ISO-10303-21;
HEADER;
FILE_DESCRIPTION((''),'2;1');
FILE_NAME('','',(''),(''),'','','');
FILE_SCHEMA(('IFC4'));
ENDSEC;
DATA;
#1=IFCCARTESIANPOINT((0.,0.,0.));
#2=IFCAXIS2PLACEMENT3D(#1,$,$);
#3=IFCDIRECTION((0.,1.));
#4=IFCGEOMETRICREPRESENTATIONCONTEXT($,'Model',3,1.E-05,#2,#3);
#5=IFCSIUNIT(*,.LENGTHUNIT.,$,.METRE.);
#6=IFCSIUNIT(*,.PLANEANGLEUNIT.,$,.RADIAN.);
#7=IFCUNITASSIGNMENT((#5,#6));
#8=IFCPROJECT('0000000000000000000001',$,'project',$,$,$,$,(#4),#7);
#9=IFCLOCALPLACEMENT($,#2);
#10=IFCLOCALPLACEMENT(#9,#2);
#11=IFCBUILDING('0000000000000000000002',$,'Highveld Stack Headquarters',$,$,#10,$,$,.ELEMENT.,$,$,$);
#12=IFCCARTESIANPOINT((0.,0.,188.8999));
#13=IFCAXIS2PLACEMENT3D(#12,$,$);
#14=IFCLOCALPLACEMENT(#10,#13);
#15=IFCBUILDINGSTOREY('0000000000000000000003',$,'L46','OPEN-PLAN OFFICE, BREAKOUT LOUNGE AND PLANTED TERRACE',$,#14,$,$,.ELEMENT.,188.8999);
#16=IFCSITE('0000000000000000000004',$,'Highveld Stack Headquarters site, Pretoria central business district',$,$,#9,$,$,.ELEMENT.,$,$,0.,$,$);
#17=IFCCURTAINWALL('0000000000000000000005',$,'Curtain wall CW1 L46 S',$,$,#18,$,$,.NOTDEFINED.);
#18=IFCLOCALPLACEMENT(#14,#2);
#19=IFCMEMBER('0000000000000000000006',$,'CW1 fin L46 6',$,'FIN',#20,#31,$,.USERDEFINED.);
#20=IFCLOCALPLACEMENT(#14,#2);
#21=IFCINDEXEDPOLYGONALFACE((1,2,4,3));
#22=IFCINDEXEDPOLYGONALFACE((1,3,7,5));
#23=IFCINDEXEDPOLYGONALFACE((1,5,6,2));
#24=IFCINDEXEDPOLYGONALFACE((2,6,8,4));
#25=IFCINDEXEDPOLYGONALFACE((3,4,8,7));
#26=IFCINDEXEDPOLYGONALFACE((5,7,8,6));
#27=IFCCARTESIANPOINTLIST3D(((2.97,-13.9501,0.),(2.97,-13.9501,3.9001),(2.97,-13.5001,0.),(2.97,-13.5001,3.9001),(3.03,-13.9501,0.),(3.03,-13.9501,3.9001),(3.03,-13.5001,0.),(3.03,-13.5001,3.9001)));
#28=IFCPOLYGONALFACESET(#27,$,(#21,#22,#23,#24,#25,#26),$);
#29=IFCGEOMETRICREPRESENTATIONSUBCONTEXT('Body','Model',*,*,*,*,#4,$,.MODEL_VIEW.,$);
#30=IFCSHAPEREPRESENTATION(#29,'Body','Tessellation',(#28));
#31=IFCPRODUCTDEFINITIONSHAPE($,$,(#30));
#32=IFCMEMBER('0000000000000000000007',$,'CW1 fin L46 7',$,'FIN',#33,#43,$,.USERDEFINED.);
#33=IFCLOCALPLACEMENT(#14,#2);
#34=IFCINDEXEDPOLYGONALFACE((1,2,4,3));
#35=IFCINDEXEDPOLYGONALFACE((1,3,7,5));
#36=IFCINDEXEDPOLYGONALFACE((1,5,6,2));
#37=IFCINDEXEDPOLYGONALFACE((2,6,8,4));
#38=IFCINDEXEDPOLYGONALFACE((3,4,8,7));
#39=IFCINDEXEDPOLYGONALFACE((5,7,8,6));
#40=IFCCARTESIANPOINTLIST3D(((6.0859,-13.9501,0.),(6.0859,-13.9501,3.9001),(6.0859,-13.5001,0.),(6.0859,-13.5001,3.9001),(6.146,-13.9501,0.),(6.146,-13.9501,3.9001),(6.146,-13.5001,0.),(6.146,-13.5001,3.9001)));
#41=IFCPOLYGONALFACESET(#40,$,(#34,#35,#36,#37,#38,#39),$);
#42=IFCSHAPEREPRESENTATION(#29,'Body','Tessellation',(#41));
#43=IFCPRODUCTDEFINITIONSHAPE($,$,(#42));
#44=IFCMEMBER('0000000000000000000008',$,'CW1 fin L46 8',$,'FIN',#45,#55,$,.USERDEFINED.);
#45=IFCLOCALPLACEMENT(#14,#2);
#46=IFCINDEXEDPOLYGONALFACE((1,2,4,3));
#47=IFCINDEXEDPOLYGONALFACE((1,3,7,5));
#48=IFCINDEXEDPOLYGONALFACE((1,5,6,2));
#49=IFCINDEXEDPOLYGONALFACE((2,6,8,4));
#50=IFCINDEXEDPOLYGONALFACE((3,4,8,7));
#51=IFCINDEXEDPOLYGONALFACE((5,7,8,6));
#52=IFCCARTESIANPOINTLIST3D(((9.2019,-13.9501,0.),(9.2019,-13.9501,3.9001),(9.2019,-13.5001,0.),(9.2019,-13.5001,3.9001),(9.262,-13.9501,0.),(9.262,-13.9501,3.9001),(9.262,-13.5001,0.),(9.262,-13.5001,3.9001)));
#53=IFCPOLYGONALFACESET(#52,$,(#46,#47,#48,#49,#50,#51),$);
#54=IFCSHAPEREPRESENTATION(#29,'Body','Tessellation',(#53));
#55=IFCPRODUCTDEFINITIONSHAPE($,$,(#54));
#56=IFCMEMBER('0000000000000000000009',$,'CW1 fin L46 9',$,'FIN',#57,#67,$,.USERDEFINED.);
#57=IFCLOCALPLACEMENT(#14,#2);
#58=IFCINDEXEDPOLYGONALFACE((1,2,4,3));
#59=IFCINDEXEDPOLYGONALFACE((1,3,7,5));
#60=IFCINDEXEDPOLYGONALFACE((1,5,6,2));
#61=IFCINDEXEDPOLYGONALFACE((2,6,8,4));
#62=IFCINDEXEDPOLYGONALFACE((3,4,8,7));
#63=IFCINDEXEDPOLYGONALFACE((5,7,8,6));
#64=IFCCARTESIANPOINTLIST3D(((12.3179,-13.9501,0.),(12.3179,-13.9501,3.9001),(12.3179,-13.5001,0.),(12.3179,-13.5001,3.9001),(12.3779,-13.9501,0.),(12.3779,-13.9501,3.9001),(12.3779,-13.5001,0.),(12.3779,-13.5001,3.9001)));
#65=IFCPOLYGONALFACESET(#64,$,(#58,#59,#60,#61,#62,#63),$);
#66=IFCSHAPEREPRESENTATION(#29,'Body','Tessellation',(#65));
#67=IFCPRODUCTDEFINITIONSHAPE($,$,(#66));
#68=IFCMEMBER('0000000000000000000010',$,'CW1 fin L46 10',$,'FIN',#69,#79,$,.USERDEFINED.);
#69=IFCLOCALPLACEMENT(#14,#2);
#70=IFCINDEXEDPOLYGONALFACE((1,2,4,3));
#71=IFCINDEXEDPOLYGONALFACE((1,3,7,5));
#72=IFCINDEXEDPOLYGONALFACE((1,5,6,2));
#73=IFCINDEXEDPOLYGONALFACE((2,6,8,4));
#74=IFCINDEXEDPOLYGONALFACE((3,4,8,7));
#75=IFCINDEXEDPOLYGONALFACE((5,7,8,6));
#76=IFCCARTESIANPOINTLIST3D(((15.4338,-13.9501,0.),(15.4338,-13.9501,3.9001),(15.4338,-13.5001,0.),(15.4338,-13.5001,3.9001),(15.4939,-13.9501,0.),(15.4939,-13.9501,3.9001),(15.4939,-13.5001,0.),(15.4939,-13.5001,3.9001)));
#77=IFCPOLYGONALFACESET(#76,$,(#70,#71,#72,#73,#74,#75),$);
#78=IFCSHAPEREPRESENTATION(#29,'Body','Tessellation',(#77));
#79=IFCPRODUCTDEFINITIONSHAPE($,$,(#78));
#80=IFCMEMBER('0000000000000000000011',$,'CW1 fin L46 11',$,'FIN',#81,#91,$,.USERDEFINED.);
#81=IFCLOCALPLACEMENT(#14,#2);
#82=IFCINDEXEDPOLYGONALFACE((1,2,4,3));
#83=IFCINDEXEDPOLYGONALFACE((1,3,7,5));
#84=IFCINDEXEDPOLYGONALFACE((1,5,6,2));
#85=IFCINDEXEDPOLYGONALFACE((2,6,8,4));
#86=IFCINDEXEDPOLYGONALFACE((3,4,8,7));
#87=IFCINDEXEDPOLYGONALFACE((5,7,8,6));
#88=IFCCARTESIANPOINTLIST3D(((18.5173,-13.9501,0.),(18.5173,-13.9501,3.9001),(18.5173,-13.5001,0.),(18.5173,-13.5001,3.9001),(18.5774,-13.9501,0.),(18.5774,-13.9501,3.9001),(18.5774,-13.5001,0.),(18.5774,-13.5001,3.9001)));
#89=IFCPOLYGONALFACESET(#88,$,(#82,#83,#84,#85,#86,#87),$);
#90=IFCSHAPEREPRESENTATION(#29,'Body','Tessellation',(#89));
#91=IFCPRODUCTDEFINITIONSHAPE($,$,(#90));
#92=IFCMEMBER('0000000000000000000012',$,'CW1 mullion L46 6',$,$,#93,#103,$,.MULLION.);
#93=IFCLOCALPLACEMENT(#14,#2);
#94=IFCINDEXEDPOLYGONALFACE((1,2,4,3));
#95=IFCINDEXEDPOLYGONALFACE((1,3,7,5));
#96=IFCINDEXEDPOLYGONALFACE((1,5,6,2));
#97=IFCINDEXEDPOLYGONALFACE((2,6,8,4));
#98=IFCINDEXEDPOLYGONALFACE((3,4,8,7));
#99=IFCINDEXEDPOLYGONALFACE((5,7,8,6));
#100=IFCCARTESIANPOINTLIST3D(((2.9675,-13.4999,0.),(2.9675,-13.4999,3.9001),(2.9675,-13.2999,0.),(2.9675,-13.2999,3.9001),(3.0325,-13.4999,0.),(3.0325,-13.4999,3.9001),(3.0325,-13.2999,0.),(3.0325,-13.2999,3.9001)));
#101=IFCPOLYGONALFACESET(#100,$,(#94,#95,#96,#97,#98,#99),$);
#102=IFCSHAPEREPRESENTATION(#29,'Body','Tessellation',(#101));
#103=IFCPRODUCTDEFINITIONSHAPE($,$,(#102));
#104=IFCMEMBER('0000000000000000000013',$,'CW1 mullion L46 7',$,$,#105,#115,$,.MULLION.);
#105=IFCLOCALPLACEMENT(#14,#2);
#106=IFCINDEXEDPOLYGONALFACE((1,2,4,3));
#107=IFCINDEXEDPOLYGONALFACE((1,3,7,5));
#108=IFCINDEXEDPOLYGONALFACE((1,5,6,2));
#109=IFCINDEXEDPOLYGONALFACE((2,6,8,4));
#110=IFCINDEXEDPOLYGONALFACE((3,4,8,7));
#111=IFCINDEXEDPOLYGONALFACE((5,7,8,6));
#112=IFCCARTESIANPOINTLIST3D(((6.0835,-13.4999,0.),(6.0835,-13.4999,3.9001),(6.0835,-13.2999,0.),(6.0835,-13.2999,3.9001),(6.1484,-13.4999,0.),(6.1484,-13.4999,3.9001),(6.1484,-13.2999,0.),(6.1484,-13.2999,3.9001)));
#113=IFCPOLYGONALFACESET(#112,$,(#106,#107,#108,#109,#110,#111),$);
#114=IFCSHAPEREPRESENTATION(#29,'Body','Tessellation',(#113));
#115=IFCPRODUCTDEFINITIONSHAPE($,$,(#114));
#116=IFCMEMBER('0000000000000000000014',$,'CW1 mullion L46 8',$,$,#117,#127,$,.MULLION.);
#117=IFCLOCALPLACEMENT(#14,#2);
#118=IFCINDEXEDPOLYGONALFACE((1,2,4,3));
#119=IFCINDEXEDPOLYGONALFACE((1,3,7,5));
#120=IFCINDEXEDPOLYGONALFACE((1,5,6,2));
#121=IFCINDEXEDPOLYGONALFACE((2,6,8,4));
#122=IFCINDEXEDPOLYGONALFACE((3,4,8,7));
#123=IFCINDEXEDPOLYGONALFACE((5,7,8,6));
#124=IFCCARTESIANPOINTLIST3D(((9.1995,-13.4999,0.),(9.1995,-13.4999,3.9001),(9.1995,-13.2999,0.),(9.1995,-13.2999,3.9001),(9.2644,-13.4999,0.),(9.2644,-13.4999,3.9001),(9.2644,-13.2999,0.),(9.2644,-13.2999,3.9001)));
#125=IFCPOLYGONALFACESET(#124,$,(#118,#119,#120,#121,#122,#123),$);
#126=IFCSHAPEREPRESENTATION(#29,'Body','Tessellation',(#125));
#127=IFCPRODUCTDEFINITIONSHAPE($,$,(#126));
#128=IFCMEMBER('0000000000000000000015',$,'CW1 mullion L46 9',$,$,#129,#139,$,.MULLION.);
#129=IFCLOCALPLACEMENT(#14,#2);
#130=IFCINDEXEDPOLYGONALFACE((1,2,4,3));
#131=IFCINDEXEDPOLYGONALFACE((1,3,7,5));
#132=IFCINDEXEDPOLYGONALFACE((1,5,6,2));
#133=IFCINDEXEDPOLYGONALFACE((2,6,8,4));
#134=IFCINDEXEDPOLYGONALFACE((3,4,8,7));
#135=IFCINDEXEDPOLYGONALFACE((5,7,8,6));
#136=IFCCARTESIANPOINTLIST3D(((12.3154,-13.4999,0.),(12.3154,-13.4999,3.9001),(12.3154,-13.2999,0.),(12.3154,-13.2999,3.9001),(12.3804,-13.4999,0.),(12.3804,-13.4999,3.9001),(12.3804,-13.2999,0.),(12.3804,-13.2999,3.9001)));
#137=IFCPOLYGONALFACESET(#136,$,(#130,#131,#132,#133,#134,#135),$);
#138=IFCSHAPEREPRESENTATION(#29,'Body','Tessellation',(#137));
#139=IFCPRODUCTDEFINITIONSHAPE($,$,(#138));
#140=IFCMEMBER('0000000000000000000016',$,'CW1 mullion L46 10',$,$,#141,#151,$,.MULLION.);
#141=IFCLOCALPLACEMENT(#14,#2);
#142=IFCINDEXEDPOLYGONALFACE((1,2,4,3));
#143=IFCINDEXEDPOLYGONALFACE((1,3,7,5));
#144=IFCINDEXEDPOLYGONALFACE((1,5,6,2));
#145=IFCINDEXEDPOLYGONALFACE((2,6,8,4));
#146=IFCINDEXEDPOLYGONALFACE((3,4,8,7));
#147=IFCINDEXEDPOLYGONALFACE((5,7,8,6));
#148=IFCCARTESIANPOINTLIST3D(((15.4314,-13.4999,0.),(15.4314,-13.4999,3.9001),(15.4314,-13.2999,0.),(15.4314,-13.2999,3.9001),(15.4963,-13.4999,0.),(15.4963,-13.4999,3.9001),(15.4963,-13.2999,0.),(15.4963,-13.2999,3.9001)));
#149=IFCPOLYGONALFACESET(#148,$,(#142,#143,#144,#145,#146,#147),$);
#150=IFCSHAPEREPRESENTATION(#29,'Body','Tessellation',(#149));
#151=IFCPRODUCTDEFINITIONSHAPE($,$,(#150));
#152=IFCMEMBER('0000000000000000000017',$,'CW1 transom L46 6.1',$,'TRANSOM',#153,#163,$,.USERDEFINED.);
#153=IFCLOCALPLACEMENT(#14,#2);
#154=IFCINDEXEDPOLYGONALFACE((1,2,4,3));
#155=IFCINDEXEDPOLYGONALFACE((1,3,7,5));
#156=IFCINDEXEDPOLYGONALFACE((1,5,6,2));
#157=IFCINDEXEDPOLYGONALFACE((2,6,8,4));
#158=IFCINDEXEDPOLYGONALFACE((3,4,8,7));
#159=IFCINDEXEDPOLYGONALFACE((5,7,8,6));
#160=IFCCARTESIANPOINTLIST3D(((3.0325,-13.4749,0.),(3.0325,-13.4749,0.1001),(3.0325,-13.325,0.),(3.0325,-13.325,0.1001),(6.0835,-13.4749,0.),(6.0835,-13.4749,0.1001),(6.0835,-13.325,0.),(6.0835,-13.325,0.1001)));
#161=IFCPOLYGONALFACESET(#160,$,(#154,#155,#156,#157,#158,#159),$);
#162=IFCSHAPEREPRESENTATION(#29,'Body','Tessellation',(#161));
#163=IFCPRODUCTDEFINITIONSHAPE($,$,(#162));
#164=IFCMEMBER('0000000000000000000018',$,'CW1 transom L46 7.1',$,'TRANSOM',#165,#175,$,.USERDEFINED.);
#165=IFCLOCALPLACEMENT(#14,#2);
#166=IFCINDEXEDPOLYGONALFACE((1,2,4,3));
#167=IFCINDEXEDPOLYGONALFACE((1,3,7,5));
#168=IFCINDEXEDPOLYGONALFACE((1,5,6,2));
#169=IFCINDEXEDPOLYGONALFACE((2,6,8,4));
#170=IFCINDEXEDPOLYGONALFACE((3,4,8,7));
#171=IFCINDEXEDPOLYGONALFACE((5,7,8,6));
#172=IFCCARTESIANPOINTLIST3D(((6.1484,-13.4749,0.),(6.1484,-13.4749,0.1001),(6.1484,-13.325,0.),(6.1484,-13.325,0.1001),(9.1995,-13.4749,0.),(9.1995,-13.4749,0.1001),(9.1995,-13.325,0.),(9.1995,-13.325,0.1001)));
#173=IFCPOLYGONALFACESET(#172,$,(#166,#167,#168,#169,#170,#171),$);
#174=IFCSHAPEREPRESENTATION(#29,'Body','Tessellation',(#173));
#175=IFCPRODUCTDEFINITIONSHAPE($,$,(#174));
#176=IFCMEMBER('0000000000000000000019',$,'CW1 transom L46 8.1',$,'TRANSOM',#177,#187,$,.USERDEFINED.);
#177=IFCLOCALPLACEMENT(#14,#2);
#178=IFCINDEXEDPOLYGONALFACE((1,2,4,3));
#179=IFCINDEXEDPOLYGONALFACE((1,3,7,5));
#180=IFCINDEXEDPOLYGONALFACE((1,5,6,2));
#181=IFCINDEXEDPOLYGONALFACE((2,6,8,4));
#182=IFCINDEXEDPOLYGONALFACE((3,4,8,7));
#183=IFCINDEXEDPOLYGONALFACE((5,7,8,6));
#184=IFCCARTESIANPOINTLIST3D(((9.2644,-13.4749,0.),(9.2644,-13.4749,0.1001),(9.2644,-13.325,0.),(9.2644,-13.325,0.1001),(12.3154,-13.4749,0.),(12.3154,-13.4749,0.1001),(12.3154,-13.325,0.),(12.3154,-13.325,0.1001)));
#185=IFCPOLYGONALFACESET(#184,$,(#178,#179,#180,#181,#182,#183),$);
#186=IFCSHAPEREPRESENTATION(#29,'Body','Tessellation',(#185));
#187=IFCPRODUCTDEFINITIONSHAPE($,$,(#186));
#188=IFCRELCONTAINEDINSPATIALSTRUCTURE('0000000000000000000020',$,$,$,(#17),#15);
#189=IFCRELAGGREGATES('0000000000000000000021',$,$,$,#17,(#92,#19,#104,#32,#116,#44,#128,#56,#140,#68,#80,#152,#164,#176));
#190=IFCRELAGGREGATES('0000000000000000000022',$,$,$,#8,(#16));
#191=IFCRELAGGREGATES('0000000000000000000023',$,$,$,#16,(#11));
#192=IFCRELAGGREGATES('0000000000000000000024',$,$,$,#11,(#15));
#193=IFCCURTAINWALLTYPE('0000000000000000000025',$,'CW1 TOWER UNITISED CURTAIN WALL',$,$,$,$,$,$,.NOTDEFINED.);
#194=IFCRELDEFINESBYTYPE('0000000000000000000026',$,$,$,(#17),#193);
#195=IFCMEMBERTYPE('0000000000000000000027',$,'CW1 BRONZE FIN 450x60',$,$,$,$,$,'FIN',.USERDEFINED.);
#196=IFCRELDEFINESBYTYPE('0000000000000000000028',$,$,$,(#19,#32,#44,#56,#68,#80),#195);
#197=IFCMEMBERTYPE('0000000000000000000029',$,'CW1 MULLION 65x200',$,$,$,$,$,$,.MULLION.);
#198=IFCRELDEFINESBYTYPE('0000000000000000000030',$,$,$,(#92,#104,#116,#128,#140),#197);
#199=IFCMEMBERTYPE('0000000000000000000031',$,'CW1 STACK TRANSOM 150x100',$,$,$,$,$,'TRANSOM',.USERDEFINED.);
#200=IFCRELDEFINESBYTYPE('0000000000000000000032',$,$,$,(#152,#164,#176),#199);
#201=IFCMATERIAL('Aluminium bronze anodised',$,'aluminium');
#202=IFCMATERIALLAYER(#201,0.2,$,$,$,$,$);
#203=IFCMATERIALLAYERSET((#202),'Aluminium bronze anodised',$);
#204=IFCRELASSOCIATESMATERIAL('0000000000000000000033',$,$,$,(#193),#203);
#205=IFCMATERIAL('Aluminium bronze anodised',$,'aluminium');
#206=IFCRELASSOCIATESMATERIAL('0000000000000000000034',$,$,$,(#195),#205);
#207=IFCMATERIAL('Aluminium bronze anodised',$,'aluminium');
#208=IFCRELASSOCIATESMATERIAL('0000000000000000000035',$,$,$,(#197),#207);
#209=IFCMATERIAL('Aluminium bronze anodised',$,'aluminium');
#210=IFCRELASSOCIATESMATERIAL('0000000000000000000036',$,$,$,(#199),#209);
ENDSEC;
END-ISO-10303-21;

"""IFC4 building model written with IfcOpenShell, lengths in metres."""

from ifc_helpers import new_model, si_unit, direction, frame, origin, origin_2d, place, context, subcontext, project, spatial, rectangle, extrude, material, layer, layer_set, material_profile, profile_set, type_object, element, aggregate, save


model = new_model("IFC4")

# Units and contexts
model_context = context("Model", 3, precision=1e-05, world=origin(), true_north=direction((0.0, 1.0)))
body_context = subcontext(model_context, "Body", "Model", "MODEL_VIEW")
ifc_project = project(units=[si_unit("LENGTHUNIT", "METRE"), si_unit("PLANEANGLEUNIT", "RADIAN")], contexts=[model_context])

# Site, building, storey
site_placement = place(None, origin())
site = spatial("IfcSite", under=ifc_project, at=site_placement, Name="Highveld Stack Headquarters site, Pretoria central business district", CompositionType="ELEMENT", RefElevation=0.0)
building_placement = place(site_placement, origin())
building = spatial("IfcBuilding", under=site, at=building_placement, Name="Highveld Stack Headquarters", CompositionType="ELEMENT")
storey_placement = place(building_placement, frame((0.0, 0.0, 188.8999)))
storey = spatial("IfcBuildingStorey", under=building, at=storey_placement, Name="L46", Description="OPEN-PLAN OFFICE, BREAKOUT LOUNGE AND PLANTED TERRACE", CompositionType="ELEMENT", Elevation=188.8999)

# Curtain wall, members
ifc_material_1 = material(Name="Aluminium bronze anodised", Category="aluminium")
ifc_layer_1 = layer(ifc_material_1, 0.2)
ifc_layer_set_1 = layer_set([ifc_layer_1], Name="Aluminium bronze anodised")
curtain_wall_type = type_object("IfcCurtainWallType", Name="CW1 TOWER UNITISED CURTAIN WALL", PredefinedType="NOTDEFINED", material=ifc_layer_set_1)
curtain_wall_placement = place(storey_placement, origin())
curtain_wall = element("IfcCurtainWall", 1, at=curtain_wall_placement, inside=storey, type_object=curtain_wall_type, Name="Curtain wall CW1 L46 S", PredefinedType="NOTDEFINED")
ifc_material_2 = material(Name="Aluminium bronze anodised", Category="aluminium")
ifc_material_profile_1 = material_profile(ifc_material_2, rectangle(XDim=0.45, YDim=0.0601, at=origin_2d()), Name="FIN 450x60")
ifc_profile_set_1 = profile_set([ifc_material_profile_1], Name="Aluminium bronze anodised")
member_type_1 = type_object("IfcMemberType", Name="CW1 BRONZE FIN 450x60", ElementType="FIN", PredefinedType="USERDEFINED", material=ifc_profile_set_1)
member_1_placement = place(storey_placement, frame((3.0, -13.7251, 0.0), z_axis=(0.0, 0.0, 1.0), x_axis=(0.0, 1.0, 0.0)))
member_1 = element("IfcMember", 2, at=member_1_placement, type_object=member_type_1, Name="CW1 fin L46 6", ObjectType="FIN", PredefinedType="USERDEFINED", context=body_context, shape_type="SweptSolid", body=[
    extrude(rectangle(XDim=0.45, YDim=0.0601, at=origin_2d()), origin(), (0.0, 0.0, 1.0), 3.9001),
])
member_2_placement = place(storey_placement, frame((6.116, -13.7251, 0.0), z_axis=(0.0, 0.0, 1.0), x_axis=(0.0, 1.0, 0.0)))
member_2 = element("IfcMember", 3, at=member_2_placement, type_object=member_type_1, Name="CW1 fin L46 7", ObjectType="FIN", PredefinedType="USERDEFINED", context=body_context, shape_type="SweptSolid", body=[
    extrude(rectangle(XDim=0.45, YDim=0.0601, at=origin_2d()), origin(), (0.0, 0.0, 1.0), 3.9001),
])
member_3_placement = place(storey_placement, frame((9.2319, -13.7251, 0.0), z_axis=(0.0, 0.0, 1.0), x_axis=(0.0, 1.0, 0.0)))
member_3 = element("IfcMember", 4, at=member_3_placement, type_object=member_type_1, Name="CW1 fin L46 8", ObjectType="FIN", PredefinedType="USERDEFINED", context=body_context, shape_type="SweptSolid", body=[
    extrude(rectangle(XDim=0.45, YDim=0.0601, at=origin_2d()), origin(), (0.0, 0.0, 1.0), 3.9001),
])
member_4_placement = place(storey_placement, frame((12.3479, -13.7251, 0.0), z_axis=(0.0, 0.0, 1.0), x_axis=(0.0, 1.0, 0.0)))
member_4 = element("IfcMember", 5, at=member_4_placement, type_object=member_type_1, Name="CW1 fin L46 9", ObjectType="FIN", PredefinedType="USERDEFINED", context=body_context, shape_type="SweptSolid", body=[
    extrude(rectangle(XDim=0.45, YDim=0.0601, at=origin_2d()), origin(), (0.0, 0.0, 1.0), 3.9001),
])
member_5_placement = place(storey_placement, frame((15.4639, -13.7251, 0.0), z_axis=(0.0, 0.0, 1.0), x_axis=(0.0, 1.0, 0.0)))
member_5 = element("IfcMember", 6, at=member_5_placement, type_object=member_type_1, Name="CW1 fin L46 10", ObjectType="FIN", PredefinedType="USERDEFINED", context=body_context, shape_type="SweptSolid", body=[
    extrude(rectangle(XDim=0.45, YDim=0.0601, at=origin_2d()), origin(), (0.0, 0.0, 1.0), 3.9001),
])
member_6_placement = place(storey_placement, frame((18.5474, -13.7251, 0.0), z_axis=(0.0, 0.0, 1.0), x_axis=(0.0, 1.0, 0.0)))
member_6 = element("IfcMember", 7, at=member_6_placement, type_object=member_type_1, Name="CW1 fin L46 11", ObjectType="FIN", PredefinedType="USERDEFINED", context=body_context, shape_type="SweptSolid", body=[
    extrude(rectangle(XDim=0.45, YDim=0.0601, at=origin_2d()), origin(), (0.0, 0.0, 1.0), 3.9001),
])
ifc_material_3 = material(Name="Aluminium bronze anodised", Category="aluminium")
ifc_material_profile_2 = material_profile(ifc_material_3, rectangle(XDim=0.2, YDim=0.0649, at=origin_2d()), Name="CW1 MULLION 65x200")
ifc_profile_set_2 = profile_set([ifc_material_profile_2], Name="Aluminium bronze anodised")
member_type_2 = type_object("IfcMemberType", Name="CW1 MULLION 65x200", PredefinedType="MULLION", material=ifc_profile_set_2)
member_7_placement = place(storey_placement, frame((3.0, -13.3999, 0.0), z_axis=(0.0, 0.0, 1.0), x_axis=(0.0, 1.0, 0.0)))
member_7 = element("IfcMember", 8, at=member_7_placement, type_object=member_type_2, Name="CW1 mullion L46 6", PredefinedType="MULLION", context=body_context, shape_type="SweptSolid", body=[
    extrude(rectangle(XDim=0.2, YDim=0.0649, at=origin_2d()), origin(), (0.0, 0.0, 1.0), 3.9001),
])
member_8_placement = place(storey_placement, frame((6.116, -13.3999, 0.0), z_axis=(0.0, 0.0, 1.0), x_axis=(0.0, 1.0, 0.0)))
member_8 = element("IfcMember", 9, at=member_8_placement, type_object=member_type_2, Name="CW1 mullion L46 7", PredefinedType="MULLION", context=body_context, shape_type="SweptSolid", body=[
    extrude(rectangle(XDim=0.2, YDim=0.0649, at=origin_2d()), origin(), (0.0, 0.0, 1.0), 3.9001),
])
member_9_placement = place(storey_placement, frame((9.2319, -13.3999, 0.0), z_axis=(0.0, 0.0, 1.0), x_axis=(0.0, 1.0, 0.0)))
member_9 = element("IfcMember", 10, at=member_9_placement, type_object=member_type_2, Name="CW1 mullion L46 8", PredefinedType="MULLION", context=body_context, shape_type="SweptSolid", body=[
    extrude(rectangle(XDim=0.2, YDim=0.0649, at=origin_2d()), origin(), (0.0, 0.0, 1.0), 3.9001),
])
member_10_placement = place(storey_placement, frame((12.3479, -13.3999, 0.0), z_axis=(0.0, 0.0, 1.0), x_axis=(0.0, 1.0, 0.0)))
member_10 = element("IfcMember", 11, at=member_10_placement, type_object=member_type_2, Name="CW1 mullion L46 9", PredefinedType="MULLION", context=body_context, shape_type="SweptSolid", body=[
    extrude(rectangle(XDim=0.2, YDim=0.0649, at=origin_2d()), origin(), (0.0, 0.0, 1.0), 3.9001),
])
member_11_placement = place(storey_placement, frame((15.4639, -13.3999, 0.0), z_axis=(0.0, 0.0, 1.0), x_axis=(0.0, 1.0, 0.0)))
member_11 = element("IfcMember", 12, at=member_11_placement, type_object=member_type_2, Name="CW1 mullion L46 10", PredefinedType="MULLION", context=body_context, shape_type="SweptSolid", body=[
    extrude(rectangle(XDim=0.2, YDim=0.0649, at=origin_2d()), origin(), (0.0, 0.0, 1.0), 3.9001),
])
ifc_material_4 = material(Name="Aluminium bronze anodised", Category="aluminium")
ifc_material_profile_3 = material_profile(ifc_material_4, rectangle(XDim=0.1499, YDim=0.1001, at=origin_2d()), Name="CW1 TRANSOM 150x100")
ifc_profile_set_3 = profile_set([ifc_material_profile_3], Name="Aluminium bronze anodised")
member_type_3 = type_object("IfcMemberType", Name="CW1 STACK TRANSOM 150x100", ElementType="TRANSOM", PredefinedType="USERDEFINED", material=ifc_profile_set_3)
member_12_placement = place(storey_placement, frame((3.0325, -13.3999, 0.05), z_axis=(1.0, 0.0, 0.0), x_axis=(0.0, 1.0, 0.0)))
member_12 = element("IfcMember", 13, at=member_12_placement, type_object=member_type_3, Name="CW1 transom L46 6.1", ObjectType="TRANSOM", PredefinedType="USERDEFINED", context=body_context, shape_type="SweptSolid", body=[
    extrude(rectangle(XDim=0.1499, YDim=0.1001, at=origin_2d()), origin(), (0.0, 0.0, 1.0), 3.051),
])
member_13_placement = place(storey_placement, frame((6.1484, -13.3999, 0.05), z_axis=(1.0, 0.0, 0.0), x_axis=(0.0, 1.0, 0.0)))
member_13 = element("IfcMember", 14, at=member_13_placement, type_object=member_type_3, Name="CW1 transom L46 7.1", ObjectType="TRANSOM", PredefinedType="USERDEFINED", context=body_context, shape_type="SweptSolid", body=[
    extrude(rectangle(XDim=0.1499, YDim=0.1001, at=origin_2d()), origin(), (0.0, 0.0, 1.0), 3.051),
])
member_14_placement = place(storey_placement, frame((9.2644, -13.3999, 0.05), z_axis=(1.0, 0.0, 0.0), x_axis=(0.0, 1.0, 0.0)))
member_14 = element("IfcMember", 15, at=member_14_placement, type_object=member_type_3, Name="CW1 transom L46 8.1", ObjectType="TRANSOM", PredefinedType="USERDEFINED", context=body_context, shape_type="SweptSolid", body=[
    extrude(rectangle(XDim=0.1499, YDim=0.1001, at=origin_2d()), origin(), (0.0, 0.0, 1.0), 3.051),
])
aggregate(curtain_wall, [member_7, member_1, member_8, member_2, member_9, member_3, member_10, member_4, member_11, member_5, member_6, member_12, member_13, member_14])

save(model, "model.ifc")
